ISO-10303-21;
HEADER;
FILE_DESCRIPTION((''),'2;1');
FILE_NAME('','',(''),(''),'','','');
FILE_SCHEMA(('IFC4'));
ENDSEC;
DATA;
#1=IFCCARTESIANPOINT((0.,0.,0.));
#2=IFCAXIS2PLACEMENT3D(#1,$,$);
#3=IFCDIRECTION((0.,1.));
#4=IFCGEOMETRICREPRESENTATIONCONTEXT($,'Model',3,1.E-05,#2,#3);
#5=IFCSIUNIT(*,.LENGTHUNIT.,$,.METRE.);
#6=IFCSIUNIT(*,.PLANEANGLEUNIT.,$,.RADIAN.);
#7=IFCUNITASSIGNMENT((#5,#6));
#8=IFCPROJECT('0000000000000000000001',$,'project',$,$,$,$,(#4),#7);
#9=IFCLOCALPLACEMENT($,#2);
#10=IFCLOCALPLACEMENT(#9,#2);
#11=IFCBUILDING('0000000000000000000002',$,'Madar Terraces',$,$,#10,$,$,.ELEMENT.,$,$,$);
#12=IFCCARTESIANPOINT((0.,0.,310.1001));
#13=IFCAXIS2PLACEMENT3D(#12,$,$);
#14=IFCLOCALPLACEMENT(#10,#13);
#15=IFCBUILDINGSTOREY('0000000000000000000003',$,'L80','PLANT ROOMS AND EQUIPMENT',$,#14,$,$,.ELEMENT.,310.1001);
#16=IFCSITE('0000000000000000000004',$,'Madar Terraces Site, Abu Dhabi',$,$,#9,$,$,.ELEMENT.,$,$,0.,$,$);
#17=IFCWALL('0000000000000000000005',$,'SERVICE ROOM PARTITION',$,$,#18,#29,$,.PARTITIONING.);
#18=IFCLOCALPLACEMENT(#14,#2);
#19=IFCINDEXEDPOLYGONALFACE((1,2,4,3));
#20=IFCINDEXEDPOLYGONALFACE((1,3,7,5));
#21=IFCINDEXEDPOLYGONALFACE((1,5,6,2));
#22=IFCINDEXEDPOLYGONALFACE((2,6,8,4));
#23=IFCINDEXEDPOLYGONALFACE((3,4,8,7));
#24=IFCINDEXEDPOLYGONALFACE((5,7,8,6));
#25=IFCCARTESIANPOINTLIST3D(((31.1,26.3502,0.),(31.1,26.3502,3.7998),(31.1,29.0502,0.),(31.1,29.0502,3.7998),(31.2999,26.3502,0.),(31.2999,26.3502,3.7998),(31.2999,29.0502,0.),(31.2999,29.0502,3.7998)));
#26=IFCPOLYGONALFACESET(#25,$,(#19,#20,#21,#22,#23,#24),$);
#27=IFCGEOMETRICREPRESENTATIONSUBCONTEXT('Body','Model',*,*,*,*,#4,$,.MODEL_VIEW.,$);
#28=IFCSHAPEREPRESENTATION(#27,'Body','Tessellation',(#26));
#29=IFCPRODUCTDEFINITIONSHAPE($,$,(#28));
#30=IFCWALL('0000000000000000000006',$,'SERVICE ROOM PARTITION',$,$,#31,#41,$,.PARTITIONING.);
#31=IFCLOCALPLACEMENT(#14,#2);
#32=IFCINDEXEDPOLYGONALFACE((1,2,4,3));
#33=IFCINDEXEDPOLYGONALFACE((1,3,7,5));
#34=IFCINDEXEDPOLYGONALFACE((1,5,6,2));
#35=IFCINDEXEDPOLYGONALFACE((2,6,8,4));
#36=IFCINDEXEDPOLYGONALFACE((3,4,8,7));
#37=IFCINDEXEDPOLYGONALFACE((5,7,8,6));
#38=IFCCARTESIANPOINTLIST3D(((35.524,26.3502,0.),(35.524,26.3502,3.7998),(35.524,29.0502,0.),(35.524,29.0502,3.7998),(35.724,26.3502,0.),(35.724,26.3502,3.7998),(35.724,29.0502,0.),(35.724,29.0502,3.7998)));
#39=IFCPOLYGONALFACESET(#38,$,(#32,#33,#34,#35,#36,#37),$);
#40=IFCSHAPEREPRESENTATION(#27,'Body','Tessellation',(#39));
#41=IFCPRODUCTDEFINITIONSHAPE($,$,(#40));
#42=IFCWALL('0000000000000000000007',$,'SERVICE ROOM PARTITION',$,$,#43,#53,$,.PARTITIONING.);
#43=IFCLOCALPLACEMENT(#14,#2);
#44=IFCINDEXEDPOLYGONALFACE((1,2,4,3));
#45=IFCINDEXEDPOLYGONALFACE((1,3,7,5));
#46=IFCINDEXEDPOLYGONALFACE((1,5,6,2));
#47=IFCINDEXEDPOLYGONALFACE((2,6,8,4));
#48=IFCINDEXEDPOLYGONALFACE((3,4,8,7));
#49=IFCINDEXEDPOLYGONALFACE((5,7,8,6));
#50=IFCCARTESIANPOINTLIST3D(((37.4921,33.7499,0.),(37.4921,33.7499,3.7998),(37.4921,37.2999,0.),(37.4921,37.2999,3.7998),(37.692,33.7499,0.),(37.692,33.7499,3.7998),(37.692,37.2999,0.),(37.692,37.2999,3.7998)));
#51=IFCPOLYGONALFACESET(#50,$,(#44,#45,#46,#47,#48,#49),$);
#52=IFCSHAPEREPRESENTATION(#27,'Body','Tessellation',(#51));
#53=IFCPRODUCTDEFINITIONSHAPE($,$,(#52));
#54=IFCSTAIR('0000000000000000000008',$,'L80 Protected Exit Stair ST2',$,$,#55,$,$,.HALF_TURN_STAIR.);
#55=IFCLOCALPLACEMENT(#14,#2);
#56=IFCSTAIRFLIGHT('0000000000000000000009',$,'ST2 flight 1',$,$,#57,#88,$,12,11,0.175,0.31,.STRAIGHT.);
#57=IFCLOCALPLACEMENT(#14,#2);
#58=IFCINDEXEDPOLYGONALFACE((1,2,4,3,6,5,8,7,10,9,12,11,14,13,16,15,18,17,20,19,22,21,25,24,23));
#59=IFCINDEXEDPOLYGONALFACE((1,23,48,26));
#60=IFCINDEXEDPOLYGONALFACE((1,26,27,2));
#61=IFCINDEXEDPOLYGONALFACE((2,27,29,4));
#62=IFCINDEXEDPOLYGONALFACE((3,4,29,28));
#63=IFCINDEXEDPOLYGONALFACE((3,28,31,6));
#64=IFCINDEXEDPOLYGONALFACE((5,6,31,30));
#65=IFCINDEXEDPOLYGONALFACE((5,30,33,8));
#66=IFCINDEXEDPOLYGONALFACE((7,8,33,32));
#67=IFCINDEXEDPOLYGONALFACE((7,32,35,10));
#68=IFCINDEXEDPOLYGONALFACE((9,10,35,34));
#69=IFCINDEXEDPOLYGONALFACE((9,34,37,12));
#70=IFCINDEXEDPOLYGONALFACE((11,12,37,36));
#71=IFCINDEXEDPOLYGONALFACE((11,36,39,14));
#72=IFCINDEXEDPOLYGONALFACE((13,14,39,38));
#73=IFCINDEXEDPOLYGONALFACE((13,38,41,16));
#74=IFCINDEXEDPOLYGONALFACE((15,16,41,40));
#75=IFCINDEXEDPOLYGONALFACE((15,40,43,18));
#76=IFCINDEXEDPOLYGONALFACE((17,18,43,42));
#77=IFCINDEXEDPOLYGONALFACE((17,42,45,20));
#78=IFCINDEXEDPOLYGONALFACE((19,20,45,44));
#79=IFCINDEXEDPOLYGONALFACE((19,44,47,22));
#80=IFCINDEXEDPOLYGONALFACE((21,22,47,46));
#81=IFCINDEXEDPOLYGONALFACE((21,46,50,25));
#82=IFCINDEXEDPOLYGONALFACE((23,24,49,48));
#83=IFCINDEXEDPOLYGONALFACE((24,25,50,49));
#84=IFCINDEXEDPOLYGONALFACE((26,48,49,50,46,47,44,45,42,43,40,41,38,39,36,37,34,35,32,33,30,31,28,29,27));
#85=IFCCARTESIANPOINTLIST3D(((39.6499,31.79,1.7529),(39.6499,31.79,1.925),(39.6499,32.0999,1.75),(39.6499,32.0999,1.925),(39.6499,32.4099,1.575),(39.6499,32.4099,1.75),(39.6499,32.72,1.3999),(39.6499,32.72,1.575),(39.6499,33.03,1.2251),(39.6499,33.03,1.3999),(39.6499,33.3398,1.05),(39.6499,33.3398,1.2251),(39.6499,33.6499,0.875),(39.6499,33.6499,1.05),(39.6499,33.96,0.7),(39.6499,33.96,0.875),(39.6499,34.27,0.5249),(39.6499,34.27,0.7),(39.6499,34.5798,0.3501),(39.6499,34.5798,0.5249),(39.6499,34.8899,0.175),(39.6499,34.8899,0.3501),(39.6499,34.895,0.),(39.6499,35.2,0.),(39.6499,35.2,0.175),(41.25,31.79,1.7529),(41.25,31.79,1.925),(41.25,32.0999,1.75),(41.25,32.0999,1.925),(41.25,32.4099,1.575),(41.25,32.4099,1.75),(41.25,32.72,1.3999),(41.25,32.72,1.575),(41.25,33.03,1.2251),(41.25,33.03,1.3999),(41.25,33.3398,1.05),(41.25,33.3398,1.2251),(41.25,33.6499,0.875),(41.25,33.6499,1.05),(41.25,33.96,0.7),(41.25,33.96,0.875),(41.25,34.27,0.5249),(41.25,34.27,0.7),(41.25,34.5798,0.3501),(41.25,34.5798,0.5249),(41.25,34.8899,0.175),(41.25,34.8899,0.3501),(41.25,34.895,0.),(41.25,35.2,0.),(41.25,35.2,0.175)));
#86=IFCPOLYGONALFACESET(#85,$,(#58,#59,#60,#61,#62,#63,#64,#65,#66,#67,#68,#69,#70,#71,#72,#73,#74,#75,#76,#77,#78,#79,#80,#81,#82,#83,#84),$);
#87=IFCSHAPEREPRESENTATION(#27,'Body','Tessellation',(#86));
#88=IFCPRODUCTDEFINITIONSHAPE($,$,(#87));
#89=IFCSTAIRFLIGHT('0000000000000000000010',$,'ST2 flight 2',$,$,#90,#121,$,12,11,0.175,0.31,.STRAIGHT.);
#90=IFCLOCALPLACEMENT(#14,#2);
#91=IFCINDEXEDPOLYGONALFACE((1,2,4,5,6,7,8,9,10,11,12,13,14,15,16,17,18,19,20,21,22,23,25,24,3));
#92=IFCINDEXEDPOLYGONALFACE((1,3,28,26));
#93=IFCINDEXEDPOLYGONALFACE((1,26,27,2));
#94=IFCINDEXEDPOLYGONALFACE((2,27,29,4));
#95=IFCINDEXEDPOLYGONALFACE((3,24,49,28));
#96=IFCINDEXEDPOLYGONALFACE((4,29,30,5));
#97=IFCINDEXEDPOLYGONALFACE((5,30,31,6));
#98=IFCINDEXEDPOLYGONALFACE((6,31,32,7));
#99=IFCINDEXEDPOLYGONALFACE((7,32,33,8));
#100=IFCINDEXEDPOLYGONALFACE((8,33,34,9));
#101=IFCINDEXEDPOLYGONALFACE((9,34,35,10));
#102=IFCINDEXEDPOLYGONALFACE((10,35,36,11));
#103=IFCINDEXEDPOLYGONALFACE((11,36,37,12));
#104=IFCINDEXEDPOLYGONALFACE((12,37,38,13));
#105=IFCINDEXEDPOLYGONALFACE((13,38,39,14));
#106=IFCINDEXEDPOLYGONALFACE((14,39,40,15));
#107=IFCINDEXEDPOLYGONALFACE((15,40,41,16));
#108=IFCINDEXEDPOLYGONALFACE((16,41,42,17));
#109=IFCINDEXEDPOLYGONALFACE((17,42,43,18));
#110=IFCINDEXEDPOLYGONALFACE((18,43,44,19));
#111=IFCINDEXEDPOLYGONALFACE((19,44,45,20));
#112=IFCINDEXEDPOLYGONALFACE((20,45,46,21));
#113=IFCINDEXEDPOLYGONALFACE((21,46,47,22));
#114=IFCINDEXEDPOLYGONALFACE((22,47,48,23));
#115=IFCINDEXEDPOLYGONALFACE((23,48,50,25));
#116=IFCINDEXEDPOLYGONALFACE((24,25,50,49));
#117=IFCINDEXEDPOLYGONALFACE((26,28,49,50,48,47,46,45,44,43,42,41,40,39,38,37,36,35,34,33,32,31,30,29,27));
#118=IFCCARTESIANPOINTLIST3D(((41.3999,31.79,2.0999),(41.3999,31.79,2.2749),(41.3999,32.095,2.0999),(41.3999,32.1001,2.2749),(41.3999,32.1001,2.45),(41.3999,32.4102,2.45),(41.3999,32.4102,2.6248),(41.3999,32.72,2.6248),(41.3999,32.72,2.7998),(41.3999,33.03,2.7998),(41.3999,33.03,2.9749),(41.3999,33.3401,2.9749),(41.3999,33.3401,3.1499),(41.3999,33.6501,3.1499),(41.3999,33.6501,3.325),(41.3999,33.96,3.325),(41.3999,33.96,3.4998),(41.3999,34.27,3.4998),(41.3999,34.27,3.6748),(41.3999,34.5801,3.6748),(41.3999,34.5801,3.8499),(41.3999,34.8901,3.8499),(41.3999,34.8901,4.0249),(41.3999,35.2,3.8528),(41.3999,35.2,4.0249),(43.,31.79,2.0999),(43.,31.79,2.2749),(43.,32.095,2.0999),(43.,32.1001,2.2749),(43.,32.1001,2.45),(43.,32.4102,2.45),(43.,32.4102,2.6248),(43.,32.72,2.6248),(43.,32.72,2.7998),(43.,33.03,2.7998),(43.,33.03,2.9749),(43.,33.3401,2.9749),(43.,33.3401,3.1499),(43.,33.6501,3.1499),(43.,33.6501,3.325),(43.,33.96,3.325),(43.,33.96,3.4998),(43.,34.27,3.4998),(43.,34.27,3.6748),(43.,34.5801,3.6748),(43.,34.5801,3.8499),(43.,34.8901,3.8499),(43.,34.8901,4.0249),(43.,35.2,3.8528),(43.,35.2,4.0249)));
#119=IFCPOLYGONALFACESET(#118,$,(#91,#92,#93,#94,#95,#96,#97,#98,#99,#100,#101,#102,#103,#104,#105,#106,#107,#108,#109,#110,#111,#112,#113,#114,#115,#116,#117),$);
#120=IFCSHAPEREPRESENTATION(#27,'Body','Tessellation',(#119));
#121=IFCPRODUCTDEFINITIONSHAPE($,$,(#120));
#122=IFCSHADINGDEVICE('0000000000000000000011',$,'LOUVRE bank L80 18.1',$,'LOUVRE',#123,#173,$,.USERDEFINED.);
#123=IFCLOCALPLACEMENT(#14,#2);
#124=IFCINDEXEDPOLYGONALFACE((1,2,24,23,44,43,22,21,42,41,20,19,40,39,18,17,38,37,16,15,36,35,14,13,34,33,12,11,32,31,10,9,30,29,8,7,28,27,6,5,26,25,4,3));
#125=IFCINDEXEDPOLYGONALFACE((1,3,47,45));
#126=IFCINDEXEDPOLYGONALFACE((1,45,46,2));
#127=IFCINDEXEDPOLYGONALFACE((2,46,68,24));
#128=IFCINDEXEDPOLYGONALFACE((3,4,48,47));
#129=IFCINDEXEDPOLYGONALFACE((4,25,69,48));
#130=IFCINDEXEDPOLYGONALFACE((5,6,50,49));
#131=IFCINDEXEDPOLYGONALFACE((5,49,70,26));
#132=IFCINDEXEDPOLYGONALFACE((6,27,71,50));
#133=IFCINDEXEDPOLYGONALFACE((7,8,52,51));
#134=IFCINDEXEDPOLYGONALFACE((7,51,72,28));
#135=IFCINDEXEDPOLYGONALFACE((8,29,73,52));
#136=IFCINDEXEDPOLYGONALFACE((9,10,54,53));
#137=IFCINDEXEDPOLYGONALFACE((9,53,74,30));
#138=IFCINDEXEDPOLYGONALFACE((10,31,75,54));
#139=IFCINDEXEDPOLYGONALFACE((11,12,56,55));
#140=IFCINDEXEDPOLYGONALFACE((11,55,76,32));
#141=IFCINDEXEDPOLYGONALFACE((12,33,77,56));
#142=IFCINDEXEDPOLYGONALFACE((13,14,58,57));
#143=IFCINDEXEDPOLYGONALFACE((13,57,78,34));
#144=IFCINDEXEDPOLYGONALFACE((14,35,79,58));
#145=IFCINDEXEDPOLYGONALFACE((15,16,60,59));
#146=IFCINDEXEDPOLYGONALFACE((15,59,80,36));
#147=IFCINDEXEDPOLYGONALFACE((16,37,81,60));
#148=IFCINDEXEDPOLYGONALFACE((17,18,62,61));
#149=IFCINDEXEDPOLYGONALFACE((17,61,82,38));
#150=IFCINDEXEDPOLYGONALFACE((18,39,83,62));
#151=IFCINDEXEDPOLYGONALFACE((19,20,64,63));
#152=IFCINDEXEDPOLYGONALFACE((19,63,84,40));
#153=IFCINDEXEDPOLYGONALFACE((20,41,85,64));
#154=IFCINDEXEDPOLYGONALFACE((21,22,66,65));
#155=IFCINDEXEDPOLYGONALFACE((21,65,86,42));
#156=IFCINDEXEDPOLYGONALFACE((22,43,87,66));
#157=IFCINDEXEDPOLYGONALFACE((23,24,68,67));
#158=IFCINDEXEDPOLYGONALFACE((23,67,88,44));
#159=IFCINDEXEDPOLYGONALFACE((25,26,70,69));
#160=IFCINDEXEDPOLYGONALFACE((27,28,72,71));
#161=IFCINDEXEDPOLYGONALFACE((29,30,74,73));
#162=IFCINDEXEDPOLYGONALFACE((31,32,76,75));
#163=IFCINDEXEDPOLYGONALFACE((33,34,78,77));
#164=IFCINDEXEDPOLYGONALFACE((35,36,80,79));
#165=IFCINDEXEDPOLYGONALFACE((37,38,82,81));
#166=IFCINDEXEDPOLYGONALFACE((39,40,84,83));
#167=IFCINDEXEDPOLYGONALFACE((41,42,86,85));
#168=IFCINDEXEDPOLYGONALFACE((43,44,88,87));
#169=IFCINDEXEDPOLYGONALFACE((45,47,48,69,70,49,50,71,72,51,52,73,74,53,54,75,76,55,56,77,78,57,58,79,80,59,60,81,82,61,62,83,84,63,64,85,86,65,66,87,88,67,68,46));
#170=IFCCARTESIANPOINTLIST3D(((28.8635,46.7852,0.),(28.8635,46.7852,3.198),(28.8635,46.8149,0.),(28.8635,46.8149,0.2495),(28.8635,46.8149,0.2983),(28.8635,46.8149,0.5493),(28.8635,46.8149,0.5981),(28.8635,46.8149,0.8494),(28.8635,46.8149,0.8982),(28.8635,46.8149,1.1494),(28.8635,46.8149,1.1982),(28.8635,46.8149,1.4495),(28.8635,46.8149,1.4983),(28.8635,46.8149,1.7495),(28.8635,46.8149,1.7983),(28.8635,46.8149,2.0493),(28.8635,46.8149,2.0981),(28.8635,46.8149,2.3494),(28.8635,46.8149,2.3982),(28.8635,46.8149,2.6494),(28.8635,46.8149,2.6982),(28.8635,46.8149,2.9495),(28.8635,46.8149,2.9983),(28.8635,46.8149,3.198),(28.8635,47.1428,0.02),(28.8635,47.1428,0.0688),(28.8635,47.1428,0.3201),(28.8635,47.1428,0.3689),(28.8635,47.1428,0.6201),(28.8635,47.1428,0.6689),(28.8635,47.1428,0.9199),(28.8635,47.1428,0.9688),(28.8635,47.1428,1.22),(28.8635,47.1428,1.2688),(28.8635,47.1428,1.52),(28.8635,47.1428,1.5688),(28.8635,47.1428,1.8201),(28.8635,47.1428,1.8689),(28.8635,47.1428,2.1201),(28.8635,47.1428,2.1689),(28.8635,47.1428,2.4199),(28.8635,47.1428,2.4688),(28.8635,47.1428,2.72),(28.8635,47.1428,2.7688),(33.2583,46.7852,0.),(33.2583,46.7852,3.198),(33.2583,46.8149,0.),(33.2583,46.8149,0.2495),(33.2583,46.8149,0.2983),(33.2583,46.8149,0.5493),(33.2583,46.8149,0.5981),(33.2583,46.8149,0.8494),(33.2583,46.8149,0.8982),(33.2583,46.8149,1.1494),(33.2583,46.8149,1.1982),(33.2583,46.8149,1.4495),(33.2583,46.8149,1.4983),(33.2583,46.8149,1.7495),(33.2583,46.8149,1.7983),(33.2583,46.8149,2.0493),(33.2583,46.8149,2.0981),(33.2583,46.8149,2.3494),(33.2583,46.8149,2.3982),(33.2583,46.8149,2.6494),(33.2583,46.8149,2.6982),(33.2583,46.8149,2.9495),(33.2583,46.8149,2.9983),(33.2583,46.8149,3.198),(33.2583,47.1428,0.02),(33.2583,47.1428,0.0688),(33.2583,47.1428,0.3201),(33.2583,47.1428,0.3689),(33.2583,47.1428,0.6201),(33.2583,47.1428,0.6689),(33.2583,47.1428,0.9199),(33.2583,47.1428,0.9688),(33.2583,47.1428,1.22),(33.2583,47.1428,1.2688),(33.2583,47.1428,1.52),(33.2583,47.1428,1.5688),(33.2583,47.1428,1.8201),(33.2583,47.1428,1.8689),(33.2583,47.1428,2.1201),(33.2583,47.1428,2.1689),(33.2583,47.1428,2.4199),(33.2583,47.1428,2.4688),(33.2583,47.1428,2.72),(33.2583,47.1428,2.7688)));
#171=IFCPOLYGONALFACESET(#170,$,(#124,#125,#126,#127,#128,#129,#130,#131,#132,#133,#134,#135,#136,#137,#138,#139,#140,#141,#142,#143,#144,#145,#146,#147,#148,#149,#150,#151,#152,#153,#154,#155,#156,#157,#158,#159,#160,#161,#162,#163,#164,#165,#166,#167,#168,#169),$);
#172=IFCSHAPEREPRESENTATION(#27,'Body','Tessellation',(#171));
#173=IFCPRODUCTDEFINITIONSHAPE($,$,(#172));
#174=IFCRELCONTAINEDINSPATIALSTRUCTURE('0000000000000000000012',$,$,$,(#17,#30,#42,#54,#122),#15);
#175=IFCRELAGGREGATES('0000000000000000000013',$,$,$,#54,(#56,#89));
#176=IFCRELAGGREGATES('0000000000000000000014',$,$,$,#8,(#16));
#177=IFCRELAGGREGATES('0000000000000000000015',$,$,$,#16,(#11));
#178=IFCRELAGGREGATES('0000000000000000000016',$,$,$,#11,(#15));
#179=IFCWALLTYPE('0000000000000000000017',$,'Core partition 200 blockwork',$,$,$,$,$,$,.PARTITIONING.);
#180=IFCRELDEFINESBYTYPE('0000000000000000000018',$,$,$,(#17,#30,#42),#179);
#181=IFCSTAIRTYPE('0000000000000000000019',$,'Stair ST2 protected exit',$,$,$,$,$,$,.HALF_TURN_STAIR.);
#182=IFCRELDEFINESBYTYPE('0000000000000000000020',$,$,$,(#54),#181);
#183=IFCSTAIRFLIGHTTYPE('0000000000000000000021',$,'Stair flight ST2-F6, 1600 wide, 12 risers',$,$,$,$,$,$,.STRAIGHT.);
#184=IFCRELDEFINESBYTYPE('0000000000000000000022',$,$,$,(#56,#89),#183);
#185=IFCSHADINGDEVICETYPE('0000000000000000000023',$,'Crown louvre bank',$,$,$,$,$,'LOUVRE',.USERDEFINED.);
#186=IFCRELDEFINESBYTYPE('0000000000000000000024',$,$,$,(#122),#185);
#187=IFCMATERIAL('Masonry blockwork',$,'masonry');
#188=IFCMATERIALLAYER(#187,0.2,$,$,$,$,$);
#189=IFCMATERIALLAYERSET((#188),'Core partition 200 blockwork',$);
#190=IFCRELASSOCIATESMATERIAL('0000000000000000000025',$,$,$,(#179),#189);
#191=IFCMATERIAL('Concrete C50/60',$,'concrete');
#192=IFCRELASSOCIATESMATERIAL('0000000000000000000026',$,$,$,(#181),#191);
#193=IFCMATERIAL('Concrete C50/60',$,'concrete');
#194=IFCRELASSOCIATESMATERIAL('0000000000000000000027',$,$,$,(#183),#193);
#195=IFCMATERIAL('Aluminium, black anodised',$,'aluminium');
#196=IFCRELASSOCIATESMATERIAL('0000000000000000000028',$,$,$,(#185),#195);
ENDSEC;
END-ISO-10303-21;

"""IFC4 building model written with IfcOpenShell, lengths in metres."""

from ifc_helpers import new_model, si_unit, direction, frame, frame_2d, origin, place, context, subcontext, project, spatial, polyline, rectangle, outline, extrude, material, layer, layer_set, type_object, element, aggregate, save


model = new_model("IFC4")

# Units and contexts
model_context = context("Model", 3, precision=1e-05, world=origin(), true_north=direction((0.0, 1.0)))
body_context = subcontext(model_context, "Body", "Model", "MODEL_VIEW")
ifc_project = project(units=[si_unit("LENGTHUNIT", "METRE"), si_unit("PLANEANGLEUNIT", "RADIAN")], contexts=[model_context])

# Site, building, storey
site_placement = place(None, origin())
site = spatial("IfcSite", under=ifc_project, at=site_placement, Name="Madar Terraces Site, Abu Dhabi", CompositionType="ELEMENT", RefElevation=0.0)
building_placement = place(site_placement, origin())
building = spatial("IfcBuilding", under=site, at=building_placement, Name="Madar Terraces", CompositionType="ELEMENT")
storey_placement = place(building_placement, frame((0.0, 0.0, 310.1001)))
storey = spatial("IfcBuildingStorey", under=building, at=storey_placement, Name="L80", Description="PLANT ROOMS AND EQUIPMENT", CompositionType="ELEMENT", Elevation=310.1001)

# Walls
ifc_material_1 = material(Name="Masonry blockwork", Category="masonry")
ifc_layer_1 = layer(ifc_material_1, 0.2)
ifc_layer_set_1 = layer_set([ifc_layer_1], Name="Core partition 200 blockwork")
wall_type_1 = type_object("IfcWallType", Name="Core partition 200 blockwork", PredefinedType="PARTITIONING", material=ifc_layer_set_1)
for number, where, z_axis, x_axis, name in (
    (1, (31.2, 26.3501, 0.0), (0.0, 0.0, 1.0), (0.0, 1.0, 0.0), "SERVICE ROOM PARTITION"),
    (2, (35.624, 26.3501, 0.0), (0.0, 0.0, 1.0), (0.0, 1.0, 0.0), "SERVICE ROOM PARTITION"),
):
    element("IfcWall", number, at=place(storey_placement, frame(where, z_axis=z_axis, x_axis=x_axis)), inside=storey, type_object=wall_type_1, Name=name, PredefinedType="PARTITIONING", context=body_context, shape_type="SweptSolid", body=[
        extrude(rectangle(XDim=2.7, YDim=0.2, at=frame_2d((1.3501, 0.0))), origin(), (0.0, 0.0, 1.0), 3.7998),
    ])
wall_1_placement = place(storey_placement, frame((37.592, 33.75, 0.0), z_axis=(0.0, 0.0, 1.0), x_axis=(0.0, 1.0, 0.0)))
element("IfcWall", 3, at=wall_1_placement, inside=storey, type_object=wall_type_1, Name="SERVICE ROOM PARTITION", PredefinedType="PARTITIONING", context=body_context, shape_type="SweptSolid", body=[
    extrude(rectangle(XDim=3.55, YDim=0.2, at=frame_2d((1.7749, 0.0))), origin(), (0.0, 0.0, 1.0), 3.7998),
])

# Stair, stair flights
ifc_material_2 = material(Name="Concrete C50/60", Category="concrete")
stair_type = type_object("IfcStairType", Name="Stair ST2 protected exit", PredefinedType="HALF_TURN_STAIR", material=ifc_material_2)
stair_placement = place(storey_placement, origin())
stair = element("IfcStair", 4, at=stair_placement, inside=storey, type_object=stair_type, Name="L80 Protected Exit Stair ST2", PredefinedType="HALF_TURN_STAIR")
ifc_material_3 = material(Name="Concrete C50/60", Category="concrete")
stair_flight_type = type_object("IfcStairFlightType", Name="Stair flight ST2-F6, 1600 wide, 12 risers", PredefinedType="STRAIGHT", material=ifc_material_3)
stair_flight_1_placement = place(storey_placement, frame((40.45, 35.2, 0.0), z_axis=(0.0, 0.0, 1.0), x_axis=(0.0, -1.0, 0.0)))
stair_flight_1 = element("IfcStairFlight", 5, at=stair_flight_1_placement, type_object=stair_flight_type, Name="ST2 flight 1", NumberOfRisers=12, NumberOfTreads=11, PredefinedType="STRAIGHT", RiserHeight=0.175, TreadLength=0.31, context=body_context, shape_type="SweptSolid", body=[
    extrude(outline(polyline([(0.0, 0.0), (0.0, 0.175), (0.3101, 0.175), (0.3101, 0.3501), (0.6201, 0.3501), (0.6201, 0.5249), (0.9299, 0.5249), (0.9299, 0.7), (1.24, 0.7), (1.24, 0.875), (1.55, 0.875), (1.55, 1.05), (1.8601, 1.05), (1.8601, 1.2251), (2.1699, 1.2251), (2.1699, 1.3999), (2.48, 1.3999), (2.48, 1.575), (2.79, 1.575), (2.79, 1.75), (3.1001, 1.75), (3.1001, 1.925), (3.4099, 1.925), (3.4099, 2.1001), (3.4099, 1.7529), (0.3049, 0.0), (0.0, 0.0)])), frame((0.0, 0.8, 0.0), z_axis=(0.0, -1.0, 0.0), x_axis=(1.0, 0.0, 0.0)), (0.0, 0.0, 1.0), 1.6001),
])
stair_flight_2_placement = place(storey_placement, frame((42.2, 31.79, 2.0999), z_axis=(0.0, 0.0, 1.0), x_axis=(0.0, 1.0, 0.0)))
stair_flight_2 = element("IfcStairFlight", 6, at=stair_flight_2_placement, type_object=stair_flight_type, Name="ST2 flight 2", NumberOfRisers=12, NumberOfTreads=11, PredefinedType="STRAIGHT", RiserHeight=0.175, TreadLength=0.31, context=body_context, shape_type="SweptSolid", body=[
    extrude(outline(polyline([(0.0, 0.0), (0.0, 0.175), (0.3101, 0.175), (0.3101, 0.3501), (0.6201, 0.3501), (0.6201, 0.5249), (0.9299, 0.5249), (0.9299, 0.7), (1.24, 0.7), (1.24, 0.875), (1.55, 0.875), (1.55, 1.05), (1.8601, 1.05), (1.8601, 1.2251), (2.1699, 1.2251), (2.1699, 1.3999), (2.48, 1.3999), (2.48, 1.575), (2.79, 1.575), (2.79, 1.75), (3.1001, 1.75), (3.1001, 1.925), (3.4099, 1.925), (3.4099, 2.1001), (3.4099, 1.7529), (0.3049, 0.0), (0.0, 0.0)])), frame((0.0, 0.8, 0.0), z_axis=(0.0, -1.0, 0.0), x_axis=(1.0, 0.0, 0.0)), (0.0, 0.0, 1.0), 1.6001),
])
aggregate(stair, [stair_flight_1, stair_flight_2])

# Shading device
ifc_material_4 = material(Name="Aluminium, black anodised", Category="aluminium")
shading_device_type = type_object("IfcShadingDeviceType", Name="Crown louvre bank", ElementType="LOUVRE", PredefinedType="USERDEFINED", material=ifc_material_4)
shading_device_1_placement = place(storey_placement, frame((33.2583, 46.8, 0.0), z_axis=(-1.0, 0.0, 0.0), x_axis=(0.0, -1.0, 0.0)))
element("IfcShadingDevice", 7, at=shading_device_1_placement, inside=storey, type_object=shading_device_type, Name="LOUVRE bank L80 18.1", ObjectType="LOUVRE", PredefinedType="USERDEFINED", context=body_context, shape_type="SweptSolid", body=[
    extrude(outline(polyline([(0.0149, 0.0), (-0.0149, 0.0), (-0.0149, 0.2495), (-0.3428, 0.02), (-0.3428, 0.0688), (-0.0149, 0.2983), (-0.0149, 0.5493), (-0.3428, 0.3201), (-0.3428, 0.3689), (-0.0149, 0.5981), (-0.0149, 0.8494), (-0.3428, 0.6201), (-0.3428, 0.6689), (-0.0149, 0.8982), (-0.0149, 1.1494), (-0.3428, 0.9199), (-0.3428, 0.9688), (-0.0149, 1.1982), (-0.0149, 1.4495), (-0.3428, 1.22), (-0.3428, 1.2688), (-0.0149, 1.4983), (-0.0149, 1.7495), (-0.3428, 1.52), (-0.3428, 1.5688), (-0.0149, 1.7983), (-0.0149, 2.0493), (-0.3428, 1.8201), (-0.3428, 1.8689), (-0.0149, 2.0981), (-0.0149, 2.3494), (-0.3428, 2.1201), (-0.3428, 2.1689), (-0.0149, 2.3982), (-0.0149, 2.6494), (-0.3428, 2.4199), (-0.3428, 2.4688), (-0.0149, 2.6982), (-0.0149, 2.9495), (-0.3428, 2.72), (-0.3428, 2.7688), (-0.0149, 2.9983), (-0.0149, 3.198), (0.0149, 3.198), (0.0149, 0.0)])), origin(), (0.0, 0.0, 1.0), 4.3948),
])

save(model, "model.ifc")
